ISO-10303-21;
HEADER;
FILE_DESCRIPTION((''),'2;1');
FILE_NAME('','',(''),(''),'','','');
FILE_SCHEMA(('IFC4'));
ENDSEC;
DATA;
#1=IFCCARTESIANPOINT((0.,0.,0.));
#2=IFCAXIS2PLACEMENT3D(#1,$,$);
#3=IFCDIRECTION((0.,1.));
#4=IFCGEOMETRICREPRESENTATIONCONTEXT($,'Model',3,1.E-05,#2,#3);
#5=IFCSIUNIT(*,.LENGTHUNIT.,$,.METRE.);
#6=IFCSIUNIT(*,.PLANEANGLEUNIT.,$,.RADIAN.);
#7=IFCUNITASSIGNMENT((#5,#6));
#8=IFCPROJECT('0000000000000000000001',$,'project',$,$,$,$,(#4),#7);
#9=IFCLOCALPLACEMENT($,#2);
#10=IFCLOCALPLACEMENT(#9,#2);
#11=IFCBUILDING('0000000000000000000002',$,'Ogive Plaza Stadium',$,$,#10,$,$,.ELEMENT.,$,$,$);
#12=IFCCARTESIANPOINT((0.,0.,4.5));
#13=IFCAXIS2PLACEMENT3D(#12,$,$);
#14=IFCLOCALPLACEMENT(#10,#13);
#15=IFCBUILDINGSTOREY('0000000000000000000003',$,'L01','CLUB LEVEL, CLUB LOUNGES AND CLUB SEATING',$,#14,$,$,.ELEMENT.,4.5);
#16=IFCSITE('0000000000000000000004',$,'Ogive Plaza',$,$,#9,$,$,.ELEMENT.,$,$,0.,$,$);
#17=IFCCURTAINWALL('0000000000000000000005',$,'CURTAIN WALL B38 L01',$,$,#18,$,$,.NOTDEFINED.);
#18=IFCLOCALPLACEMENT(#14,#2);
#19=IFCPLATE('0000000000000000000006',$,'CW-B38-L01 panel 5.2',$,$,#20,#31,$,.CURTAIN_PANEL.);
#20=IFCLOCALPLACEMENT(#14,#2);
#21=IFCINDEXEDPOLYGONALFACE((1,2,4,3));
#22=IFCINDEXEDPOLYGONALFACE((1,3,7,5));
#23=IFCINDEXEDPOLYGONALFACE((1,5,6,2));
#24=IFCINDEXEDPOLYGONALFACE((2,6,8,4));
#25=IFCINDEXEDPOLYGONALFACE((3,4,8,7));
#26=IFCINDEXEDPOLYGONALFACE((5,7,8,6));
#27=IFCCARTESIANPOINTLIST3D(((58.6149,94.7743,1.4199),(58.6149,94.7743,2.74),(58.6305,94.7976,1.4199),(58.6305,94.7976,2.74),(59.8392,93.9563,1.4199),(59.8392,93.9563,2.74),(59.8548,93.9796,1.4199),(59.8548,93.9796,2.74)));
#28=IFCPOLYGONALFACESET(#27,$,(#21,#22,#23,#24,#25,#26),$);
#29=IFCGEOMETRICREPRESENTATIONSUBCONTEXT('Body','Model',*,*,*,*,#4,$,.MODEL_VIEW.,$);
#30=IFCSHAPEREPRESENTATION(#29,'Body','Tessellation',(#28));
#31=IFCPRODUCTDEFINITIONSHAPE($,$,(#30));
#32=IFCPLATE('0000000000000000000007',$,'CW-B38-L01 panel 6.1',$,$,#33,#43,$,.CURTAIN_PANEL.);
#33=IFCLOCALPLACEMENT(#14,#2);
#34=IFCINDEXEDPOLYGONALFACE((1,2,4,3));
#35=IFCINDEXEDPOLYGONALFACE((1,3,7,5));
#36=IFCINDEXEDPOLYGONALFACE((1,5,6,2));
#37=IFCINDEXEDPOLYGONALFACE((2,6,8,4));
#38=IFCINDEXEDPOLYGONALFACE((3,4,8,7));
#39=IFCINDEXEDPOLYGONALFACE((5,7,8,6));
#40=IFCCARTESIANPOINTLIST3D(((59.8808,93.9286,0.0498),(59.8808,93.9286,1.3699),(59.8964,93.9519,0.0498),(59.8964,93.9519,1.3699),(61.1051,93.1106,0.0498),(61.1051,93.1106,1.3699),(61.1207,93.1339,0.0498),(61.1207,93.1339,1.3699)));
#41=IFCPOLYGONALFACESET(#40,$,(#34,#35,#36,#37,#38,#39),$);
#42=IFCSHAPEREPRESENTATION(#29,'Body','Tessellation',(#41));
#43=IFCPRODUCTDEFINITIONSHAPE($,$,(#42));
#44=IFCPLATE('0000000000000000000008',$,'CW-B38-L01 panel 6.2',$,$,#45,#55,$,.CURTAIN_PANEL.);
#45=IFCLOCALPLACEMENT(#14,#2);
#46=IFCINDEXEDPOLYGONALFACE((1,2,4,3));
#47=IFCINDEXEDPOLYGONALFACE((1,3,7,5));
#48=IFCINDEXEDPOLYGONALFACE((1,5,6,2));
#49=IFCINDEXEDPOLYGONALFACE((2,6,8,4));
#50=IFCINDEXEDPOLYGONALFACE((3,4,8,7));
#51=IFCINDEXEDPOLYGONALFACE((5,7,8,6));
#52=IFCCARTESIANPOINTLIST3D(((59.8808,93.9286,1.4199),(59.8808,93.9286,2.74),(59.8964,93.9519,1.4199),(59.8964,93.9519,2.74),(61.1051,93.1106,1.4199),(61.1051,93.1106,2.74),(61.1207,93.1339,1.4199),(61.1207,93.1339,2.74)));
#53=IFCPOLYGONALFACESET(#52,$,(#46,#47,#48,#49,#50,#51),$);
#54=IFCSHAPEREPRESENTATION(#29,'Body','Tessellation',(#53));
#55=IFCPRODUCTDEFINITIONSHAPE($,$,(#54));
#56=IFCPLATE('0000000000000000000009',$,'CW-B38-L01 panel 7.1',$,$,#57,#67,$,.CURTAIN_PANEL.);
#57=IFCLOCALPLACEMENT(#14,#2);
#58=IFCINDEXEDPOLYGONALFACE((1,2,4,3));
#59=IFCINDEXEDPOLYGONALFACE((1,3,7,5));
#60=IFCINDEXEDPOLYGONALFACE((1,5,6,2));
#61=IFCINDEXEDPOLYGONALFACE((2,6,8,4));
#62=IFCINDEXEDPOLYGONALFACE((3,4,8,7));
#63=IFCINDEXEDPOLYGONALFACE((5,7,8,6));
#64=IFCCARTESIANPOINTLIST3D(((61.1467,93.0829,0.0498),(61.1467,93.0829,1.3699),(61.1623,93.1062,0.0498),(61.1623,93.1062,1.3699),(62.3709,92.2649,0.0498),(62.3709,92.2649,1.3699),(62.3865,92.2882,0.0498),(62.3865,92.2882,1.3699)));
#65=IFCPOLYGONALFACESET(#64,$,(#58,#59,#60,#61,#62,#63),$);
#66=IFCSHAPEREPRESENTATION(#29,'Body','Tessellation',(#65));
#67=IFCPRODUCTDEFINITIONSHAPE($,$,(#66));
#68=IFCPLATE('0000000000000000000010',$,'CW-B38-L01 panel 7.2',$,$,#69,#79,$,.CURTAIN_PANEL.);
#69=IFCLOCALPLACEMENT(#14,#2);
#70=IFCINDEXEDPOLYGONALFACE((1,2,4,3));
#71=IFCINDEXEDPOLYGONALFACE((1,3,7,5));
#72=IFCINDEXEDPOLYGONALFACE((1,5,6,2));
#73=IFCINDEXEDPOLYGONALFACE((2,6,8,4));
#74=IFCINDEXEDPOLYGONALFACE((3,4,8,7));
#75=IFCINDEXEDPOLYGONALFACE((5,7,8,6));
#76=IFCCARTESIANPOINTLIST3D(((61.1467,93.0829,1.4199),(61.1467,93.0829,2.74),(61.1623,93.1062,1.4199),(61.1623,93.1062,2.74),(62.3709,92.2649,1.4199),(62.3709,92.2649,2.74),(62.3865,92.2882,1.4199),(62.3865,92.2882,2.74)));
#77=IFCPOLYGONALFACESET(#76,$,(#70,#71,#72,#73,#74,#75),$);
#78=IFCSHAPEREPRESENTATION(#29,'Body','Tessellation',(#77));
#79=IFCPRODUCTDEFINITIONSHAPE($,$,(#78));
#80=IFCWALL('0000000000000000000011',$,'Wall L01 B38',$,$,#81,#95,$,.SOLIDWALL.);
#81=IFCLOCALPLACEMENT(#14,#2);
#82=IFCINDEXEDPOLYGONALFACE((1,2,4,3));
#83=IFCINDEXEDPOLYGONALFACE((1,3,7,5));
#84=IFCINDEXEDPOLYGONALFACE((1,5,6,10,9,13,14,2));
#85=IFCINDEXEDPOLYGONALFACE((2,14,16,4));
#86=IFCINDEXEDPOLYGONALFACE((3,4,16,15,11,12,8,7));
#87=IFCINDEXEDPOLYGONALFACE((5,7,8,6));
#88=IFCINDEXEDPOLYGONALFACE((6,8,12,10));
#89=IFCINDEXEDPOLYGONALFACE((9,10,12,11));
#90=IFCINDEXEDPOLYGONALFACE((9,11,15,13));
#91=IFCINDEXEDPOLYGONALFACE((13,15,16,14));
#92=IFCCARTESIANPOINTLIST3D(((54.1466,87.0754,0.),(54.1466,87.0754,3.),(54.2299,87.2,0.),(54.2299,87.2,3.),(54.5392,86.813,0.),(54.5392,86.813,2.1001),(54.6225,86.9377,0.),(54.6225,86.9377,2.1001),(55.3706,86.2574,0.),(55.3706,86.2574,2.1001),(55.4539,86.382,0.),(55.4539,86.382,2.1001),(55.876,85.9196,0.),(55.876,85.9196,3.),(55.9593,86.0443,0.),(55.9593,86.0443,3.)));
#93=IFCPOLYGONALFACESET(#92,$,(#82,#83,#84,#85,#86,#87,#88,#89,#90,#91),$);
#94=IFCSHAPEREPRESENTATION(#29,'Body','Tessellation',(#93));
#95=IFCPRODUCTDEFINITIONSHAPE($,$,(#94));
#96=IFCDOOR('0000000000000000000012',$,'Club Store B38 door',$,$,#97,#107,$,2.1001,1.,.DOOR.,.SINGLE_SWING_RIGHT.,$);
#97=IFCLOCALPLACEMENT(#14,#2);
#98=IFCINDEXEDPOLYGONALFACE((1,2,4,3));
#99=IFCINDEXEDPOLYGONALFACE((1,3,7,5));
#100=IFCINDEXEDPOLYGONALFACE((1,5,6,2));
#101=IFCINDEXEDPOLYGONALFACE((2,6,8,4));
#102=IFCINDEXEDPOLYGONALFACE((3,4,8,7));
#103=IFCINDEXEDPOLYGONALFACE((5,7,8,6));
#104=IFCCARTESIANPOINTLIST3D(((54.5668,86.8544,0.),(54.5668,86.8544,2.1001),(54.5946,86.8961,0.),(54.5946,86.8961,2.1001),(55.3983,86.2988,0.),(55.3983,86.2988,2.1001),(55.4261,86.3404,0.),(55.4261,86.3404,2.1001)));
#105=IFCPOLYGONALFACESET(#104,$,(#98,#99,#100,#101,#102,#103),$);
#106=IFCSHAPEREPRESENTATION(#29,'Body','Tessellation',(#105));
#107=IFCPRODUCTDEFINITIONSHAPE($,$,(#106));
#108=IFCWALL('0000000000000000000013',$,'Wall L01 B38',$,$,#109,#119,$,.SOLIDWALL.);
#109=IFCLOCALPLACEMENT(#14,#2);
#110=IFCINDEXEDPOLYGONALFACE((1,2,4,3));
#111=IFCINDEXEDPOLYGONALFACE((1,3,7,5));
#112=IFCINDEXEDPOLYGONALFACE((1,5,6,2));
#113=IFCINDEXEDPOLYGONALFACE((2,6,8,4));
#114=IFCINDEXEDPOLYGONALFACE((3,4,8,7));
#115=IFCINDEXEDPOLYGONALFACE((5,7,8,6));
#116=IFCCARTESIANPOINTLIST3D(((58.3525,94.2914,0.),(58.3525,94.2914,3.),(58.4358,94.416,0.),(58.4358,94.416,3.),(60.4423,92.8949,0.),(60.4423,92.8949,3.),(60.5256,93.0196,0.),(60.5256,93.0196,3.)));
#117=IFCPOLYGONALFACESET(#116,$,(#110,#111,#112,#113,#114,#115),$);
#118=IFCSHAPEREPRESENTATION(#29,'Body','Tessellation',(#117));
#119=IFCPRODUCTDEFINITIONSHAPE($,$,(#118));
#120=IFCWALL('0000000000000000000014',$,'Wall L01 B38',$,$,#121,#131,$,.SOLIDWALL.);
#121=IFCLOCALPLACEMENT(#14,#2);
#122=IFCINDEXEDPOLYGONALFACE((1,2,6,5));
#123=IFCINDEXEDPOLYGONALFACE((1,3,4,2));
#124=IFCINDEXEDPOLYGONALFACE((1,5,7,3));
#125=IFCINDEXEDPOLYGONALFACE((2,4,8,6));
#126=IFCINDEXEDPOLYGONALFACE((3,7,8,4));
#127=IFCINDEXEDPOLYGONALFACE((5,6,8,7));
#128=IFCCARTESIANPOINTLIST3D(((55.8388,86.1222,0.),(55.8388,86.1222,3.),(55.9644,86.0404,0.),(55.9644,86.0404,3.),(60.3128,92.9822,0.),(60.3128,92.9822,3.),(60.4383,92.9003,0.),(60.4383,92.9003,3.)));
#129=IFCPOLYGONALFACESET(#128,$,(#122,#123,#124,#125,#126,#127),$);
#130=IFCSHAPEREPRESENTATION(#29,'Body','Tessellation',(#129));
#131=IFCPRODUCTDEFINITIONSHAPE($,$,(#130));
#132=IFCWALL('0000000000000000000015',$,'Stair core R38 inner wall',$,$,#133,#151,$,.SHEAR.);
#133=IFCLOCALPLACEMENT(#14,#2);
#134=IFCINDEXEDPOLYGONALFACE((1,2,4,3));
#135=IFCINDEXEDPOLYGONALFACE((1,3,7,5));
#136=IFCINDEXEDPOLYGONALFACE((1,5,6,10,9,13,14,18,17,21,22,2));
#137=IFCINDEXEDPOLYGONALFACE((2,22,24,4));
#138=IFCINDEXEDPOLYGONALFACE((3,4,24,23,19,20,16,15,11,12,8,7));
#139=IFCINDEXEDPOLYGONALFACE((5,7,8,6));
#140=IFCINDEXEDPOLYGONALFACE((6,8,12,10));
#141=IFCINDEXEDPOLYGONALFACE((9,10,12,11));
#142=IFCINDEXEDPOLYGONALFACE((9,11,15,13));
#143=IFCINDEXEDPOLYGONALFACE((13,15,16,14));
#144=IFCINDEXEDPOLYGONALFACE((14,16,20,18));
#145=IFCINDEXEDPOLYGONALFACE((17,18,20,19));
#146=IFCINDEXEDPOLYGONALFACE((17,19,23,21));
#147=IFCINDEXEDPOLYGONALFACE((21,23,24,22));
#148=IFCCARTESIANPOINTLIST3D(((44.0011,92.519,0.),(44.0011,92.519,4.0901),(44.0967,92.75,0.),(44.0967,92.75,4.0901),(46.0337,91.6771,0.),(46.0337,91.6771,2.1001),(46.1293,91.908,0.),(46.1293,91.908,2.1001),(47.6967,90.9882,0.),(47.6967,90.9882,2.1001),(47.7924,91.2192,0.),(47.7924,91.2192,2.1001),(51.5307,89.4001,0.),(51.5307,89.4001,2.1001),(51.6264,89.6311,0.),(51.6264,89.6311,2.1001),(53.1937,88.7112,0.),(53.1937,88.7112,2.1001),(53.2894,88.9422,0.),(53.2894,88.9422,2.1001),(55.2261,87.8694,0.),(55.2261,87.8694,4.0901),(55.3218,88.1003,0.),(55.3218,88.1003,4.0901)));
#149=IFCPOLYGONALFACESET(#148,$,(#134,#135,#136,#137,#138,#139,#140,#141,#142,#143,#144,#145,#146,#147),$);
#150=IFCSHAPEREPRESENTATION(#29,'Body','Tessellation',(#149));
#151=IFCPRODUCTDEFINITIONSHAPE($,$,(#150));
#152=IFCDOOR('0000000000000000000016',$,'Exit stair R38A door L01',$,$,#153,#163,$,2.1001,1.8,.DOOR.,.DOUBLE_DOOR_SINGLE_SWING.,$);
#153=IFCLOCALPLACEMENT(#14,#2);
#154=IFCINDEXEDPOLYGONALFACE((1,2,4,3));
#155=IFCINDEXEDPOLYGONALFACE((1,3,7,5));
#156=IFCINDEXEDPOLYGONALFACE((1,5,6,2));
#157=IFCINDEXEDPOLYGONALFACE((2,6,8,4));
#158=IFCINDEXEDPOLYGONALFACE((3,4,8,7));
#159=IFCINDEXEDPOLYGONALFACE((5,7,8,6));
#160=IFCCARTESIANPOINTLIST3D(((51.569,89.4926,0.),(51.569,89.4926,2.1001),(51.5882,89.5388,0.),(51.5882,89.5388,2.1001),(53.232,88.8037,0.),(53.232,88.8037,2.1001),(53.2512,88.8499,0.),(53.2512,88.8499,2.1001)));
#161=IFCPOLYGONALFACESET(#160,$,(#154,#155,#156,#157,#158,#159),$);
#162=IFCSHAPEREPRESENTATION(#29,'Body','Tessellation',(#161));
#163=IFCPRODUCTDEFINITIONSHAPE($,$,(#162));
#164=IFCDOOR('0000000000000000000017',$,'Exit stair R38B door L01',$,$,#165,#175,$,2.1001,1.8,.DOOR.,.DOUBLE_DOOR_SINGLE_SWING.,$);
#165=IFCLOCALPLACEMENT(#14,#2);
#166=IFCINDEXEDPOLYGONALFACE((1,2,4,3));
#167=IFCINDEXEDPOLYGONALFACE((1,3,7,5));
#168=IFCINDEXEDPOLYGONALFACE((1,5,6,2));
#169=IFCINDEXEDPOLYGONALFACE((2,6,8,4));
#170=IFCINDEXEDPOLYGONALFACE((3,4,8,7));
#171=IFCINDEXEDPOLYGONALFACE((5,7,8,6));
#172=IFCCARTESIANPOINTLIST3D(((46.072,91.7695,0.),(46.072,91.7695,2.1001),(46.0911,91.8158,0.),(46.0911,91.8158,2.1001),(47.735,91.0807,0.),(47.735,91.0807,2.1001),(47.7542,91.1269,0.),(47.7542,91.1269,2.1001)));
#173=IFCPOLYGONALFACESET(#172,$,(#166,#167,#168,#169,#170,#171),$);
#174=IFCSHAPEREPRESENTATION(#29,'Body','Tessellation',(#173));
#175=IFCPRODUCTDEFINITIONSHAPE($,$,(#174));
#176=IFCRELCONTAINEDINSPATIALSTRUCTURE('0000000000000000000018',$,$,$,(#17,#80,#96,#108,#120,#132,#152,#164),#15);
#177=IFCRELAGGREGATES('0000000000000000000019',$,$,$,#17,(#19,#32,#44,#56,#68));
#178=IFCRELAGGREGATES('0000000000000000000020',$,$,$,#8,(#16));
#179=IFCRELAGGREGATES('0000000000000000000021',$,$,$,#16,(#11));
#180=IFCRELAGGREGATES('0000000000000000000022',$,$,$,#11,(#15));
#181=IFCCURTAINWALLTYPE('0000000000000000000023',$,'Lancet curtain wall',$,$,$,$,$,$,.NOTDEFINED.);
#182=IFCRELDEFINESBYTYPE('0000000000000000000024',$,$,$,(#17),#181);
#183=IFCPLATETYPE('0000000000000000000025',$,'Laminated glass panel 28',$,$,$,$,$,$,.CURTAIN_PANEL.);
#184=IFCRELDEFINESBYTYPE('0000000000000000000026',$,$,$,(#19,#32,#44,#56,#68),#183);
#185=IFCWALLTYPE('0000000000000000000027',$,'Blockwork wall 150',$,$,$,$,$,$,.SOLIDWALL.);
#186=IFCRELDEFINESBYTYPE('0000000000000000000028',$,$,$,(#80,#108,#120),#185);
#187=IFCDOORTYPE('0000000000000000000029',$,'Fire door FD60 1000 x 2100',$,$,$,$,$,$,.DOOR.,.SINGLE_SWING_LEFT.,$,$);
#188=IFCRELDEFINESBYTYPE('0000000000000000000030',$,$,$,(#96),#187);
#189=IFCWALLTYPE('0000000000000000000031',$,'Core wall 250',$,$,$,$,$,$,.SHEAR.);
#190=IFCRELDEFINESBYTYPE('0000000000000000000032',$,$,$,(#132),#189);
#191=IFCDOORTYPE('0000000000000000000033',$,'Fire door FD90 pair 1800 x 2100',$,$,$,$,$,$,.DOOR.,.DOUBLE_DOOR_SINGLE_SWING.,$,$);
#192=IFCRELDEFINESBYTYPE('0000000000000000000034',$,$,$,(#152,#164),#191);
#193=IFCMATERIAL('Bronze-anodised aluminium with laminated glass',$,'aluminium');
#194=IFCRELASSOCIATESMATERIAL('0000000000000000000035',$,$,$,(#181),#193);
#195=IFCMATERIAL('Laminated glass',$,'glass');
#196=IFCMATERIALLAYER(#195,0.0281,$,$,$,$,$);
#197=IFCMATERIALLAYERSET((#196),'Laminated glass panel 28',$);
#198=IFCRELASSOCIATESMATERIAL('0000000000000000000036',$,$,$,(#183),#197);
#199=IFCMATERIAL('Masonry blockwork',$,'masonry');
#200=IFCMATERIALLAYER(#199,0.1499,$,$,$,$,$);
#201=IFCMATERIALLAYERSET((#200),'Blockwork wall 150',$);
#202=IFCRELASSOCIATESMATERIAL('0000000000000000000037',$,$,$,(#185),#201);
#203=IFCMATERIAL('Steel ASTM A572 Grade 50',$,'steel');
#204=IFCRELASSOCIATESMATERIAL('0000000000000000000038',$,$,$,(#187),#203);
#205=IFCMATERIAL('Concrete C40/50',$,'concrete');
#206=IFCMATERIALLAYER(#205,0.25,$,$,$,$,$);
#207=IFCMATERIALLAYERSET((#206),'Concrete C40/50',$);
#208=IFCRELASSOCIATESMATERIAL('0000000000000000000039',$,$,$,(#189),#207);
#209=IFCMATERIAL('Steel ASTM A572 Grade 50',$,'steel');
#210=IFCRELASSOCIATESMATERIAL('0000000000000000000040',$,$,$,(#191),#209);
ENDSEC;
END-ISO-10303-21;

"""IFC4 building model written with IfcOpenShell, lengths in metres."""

from ifc_helpers import new_model, si_unit, direction, frame, frame_2d, origin, origin_2d, place, context, subcontext, project, spatial, rectangle, extrude, material, layer, layer_set, type_object, element, fill, aggregate, save


model = new_model("IFC4")

# Units and contexts
model_context = context("Model", 3, precision=1e-05, world=origin(), true_north=direction((0.0, 1.0)))
body_context = subcontext(model_context, "Body", "Model", "MODEL_VIEW")
ifc_project = project(units=[si_unit("LENGTHUNIT", "METRE"), si_unit("PLANEANGLEUNIT", "RADIAN")], contexts=[model_context])

# Site, building, storey
site_placement = place(None, origin())
site = spatial("IfcSite", under=ifc_project, at=site_placement, Name="Ogive Plaza", CompositionType="ELEMENT", RefElevation=0.0)
building_placement = place(site_placement, origin())
building = spatial("IfcBuilding", under=site, at=building_placement, Name="Ogive Plaza Stadium", CompositionType="ELEMENT")
storey_placement = place(building_placement, frame((0.0, 0.0, 4.5)))
storey = spatial("IfcBuildingStorey", under=building, at=storey_placement, Name="L01", Description="CLUB LEVEL, CLUB LOUNGES AND CLUB SEATING", CompositionType="ELEMENT", Elevation=4.5)

# Curtain wall
ifc_material_1 = material(Name="Bronze-anodised aluminium with laminated glass", Category="aluminium")
curtain_wall_type = type_object("IfcCurtainWallType", Name="Lancet curtain wall", PredefinedType="NOTDEFINED", material=ifc_material_1)
curtain_wall_placement = place(storey_placement, origin())
curtain_wall = element("IfcCurtainWall", 1, at=curtain_wall_placement, inside=storey, type_object=curtain_wall_type, Name="CURTAIN WALL B38 L01", PredefinedType="NOTDEFINED")

# Plates
ifc_material_2 = material(Name="Laminated glass", Category="glass")
ifc_layer_1 = layer(ifc_material_2, 0.0281)
ifc_layer_set_1 = layer_set([ifc_layer_1], Name="Laminated glass panel 28")
plate_type = type_object("IfcPlateType", Name="Laminated glass panel 28", PredefinedType="CURTAIN_PANEL", material=ifc_layer_set_1)
plate_1_placement = place(storey_placement, frame((59.2349, 94.377, 1.4199), z_axis=(0.0, 0.0, 1.0), x_axis=(0.83147, -0.55557, 0.0)))
plate_1 = element("IfcPlate", 2, at=plate_1_placement, type_object=plate_type, Name="CW-B38-L01 panel 5.2", PredefinedType="CURTAIN_PANEL", context=body_context, shape_type="SweptSolid", body=[
    extrude(rectangle(XDim=1.4724, YDim=0.0281, at=origin_2d()), origin(), (0.0, 0.0, 1.0), 1.3201),
])
plate_2_placement = place(storey_placement, frame((60.5007, 93.5312, 0.0498), z_axis=(0.0, 0.0, 1.0), x_axis=(0.83147, -0.55557, 0.0)))
plate_2 = element("IfcPlate", 3, at=plate_2_placement, type_object=plate_type, Name="CW-B38-L01 panel 6.1", PredefinedType="CURTAIN_PANEL", context=body_context, shape_type="SweptSolid", body=[
    extrude(rectangle(XDim=1.4724, YDim=0.0281, at=origin_2d()), origin(), (0.0, 0.0, 1.0), 1.3201),
])
plate_3_placement = place(storey_placement, frame((60.5007, 93.5312, 1.4199), z_axis=(0.0, 0.0, 1.0), x_axis=(0.83147, -0.55557, 0.0)))
plate_3 = element("IfcPlate", 4, at=plate_3_placement, type_object=plate_type, Name="CW-B38-L01 panel 6.2", PredefinedType="CURTAIN_PANEL", context=body_context, shape_type="SweptSolid", body=[
    extrude(rectangle(XDim=1.4724, YDim=0.0281, at=origin_2d()), origin(), (0.0, 0.0, 1.0), 1.3201),
])
plate_4_placement = place(storey_placement, frame((61.7666, 92.6855, 0.0498), z_axis=(0.0, 0.0, 1.0), x_axis=(0.83147, -0.55557, 0.0)))
plate_4 = element("IfcPlate", 5, at=plate_4_placement, type_object=plate_type, Name="CW-B38-L01 panel 7.1", PredefinedType="CURTAIN_PANEL", context=body_context, shape_type="SweptSolid", body=[
    extrude(rectangle(XDim=1.4724, YDim=0.0281, at=origin_2d()), origin(), (0.0, 0.0, 1.0), 1.3201),
])
plate_5_placement = place(storey_placement, frame((61.7666, 92.6855, 1.4199), z_axis=(0.0, 0.0, 1.0), x_axis=(0.83147, -0.55557, 0.0)))
plate_5 = element("IfcPlate", 6, at=plate_5_placement, type_object=plate_type, Name="CW-B38-L01 panel 7.2", PredefinedType="CURTAIN_PANEL", context=body_context, shape_type="SweptSolid", body=[
    extrude(rectangle(XDim=1.4724, YDim=0.0281, at=origin_2d()), origin(), (0.0, 0.0, 1.0), 1.3201),
])
aggregate(curtain_wall, [plate_1, plate_2, plate_3, plate_4, plate_5])

# Wall, opening, door
ifc_material_3 = material(Name="Masonry blockwork", Category="masonry")
ifc_layer_2 = layer(ifc_material_3, 0.1499)
ifc_layer_set_2 = layer_set([ifc_layer_2], Name="Blockwork wall 150")
wall_type_1 = type_object("IfcWallType", Name="Blockwork wall 150", PredefinedType="SOLIDWALL", material=ifc_layer_set_2)
wall_1_placement = place(storey_placement, frame((54.1882, 87.1377, 0.0), z_axis=(0.0, 0.0, 1.0), x_axis=(0.831436, -0.555621, 0.0)))
wall_1 = element("IfcWall", 7, at=wall_1_placement, inside=storey, type_object=wall_type_1, Name="Wall L01 B38", PredefinedType="SOLIDWALL", context=body_context, shape_type="SweptSolid", body=[
    extrude(rectangle(XDim=2.0801, YDim=0.1499, at=frame_2d((1.04, 0.0))), origin(), (0.0, 0.0, 1.0), 3.0),
])
opening_1_placement = place(wall_1_placement, frame((0.4722, 0.0, 0.0)))
opening_1 = element("IfcOpeningElement", 8, at=opening_1_placement, cuts=wall_1, PredefinedType="OPENING", context=body_context, shape_type="SweptSolid", body=[
    extrude(rectangle(XDim=1.0, YDim=2.1001, at=frame_2d((0.5, 1.05))), frame((0.0, 0.075, 0.0), z_axis=(0.0, -1.0, 0.0), x_axis=(1.0, 0.0, 0.0)), (0.0, 0.0, 1.0), 0.1499),
])
ifc_material_4 = material(Name="Steel ASTM A572 Grade 50", Category="steel")
door_type_1 = type_object("IfcDoorType", Name="Fire door FD60 1000 x 2100", OperationType="SINGLE_SWING_LEFT", PredefinedType="DOOR", material=ifc_material_4)
door_1_placement = place(opening_1_placement, origin())
door_1 = element("IfcDoor", 9, at=door_1_placement, inside=storey, type_object=door_type_1, Name="Club Store B38 door", OperationType="SINGLE_SWING_RIGHT", OverallHeight=2.1001, OverallWidth=1.0, PredefinedType="DOOR", context=body_context, shape_type="SweptSolid", body=[
    extrude(rectangle(XDim=1.0, YDim=2.1001, at=frame_2d((0.5, 1.05))), frame((0.0, 0.0249, 0.0), z_axis=(0.0, -1.0, 0.0), x_axis=(1.0, 0.0, 0.0)), (0.0, 0.0, 1.0), 0.05),
])
fill(opening_1, door_1)

# Walls
wall_2_placement = place(storey_placement, frame((58.394, 94.3538, 0.0), z_axis=(0.0, 0.0, 1.0), x_axis=(0.831452, -0.555596, 0.0)))
element("IfcWall", 10, at=wall_2_placement, inside=storey, type_object=wall_type_1, Name="Wall L01 B38", PredefinedType="SOLIDWALL", context=body_context, shape_type="SweptSolid", body=[
    extrude(rectangle(XDim=2.5134, YDim=0.1499, at=frame_2d((1.2568, 0.0))), origin(), (0.0, 0.0, 1.0), 3.0),
])
wall_3_placement = place(storey_placement, frame((55.9016, 86.0813, 0.0), z_axis=(0.0, 0.0, 1.0), x_axis=(0.546272, 0.837608, 0.0)))
element("IfcWall", 11, at=wall_3_placement, inside=storey, type_object=wall_type_1, Name="Wall L01 B38", PredefinedType="SOLIDWALL", context=body_context, shape_type="SweptSolid", body=[
    extrude(rectangle(XDim=8.1899, YDim=0.1499, at=frame_2d((4.095, 0.0))), origin(), (0.0, 0.0, 1.0), 3.0),
])

# Wall, openings, doors
ifc_material_5 = material(Name="Concrete C40/50", Category="concrete")
ifc_layer_3 = layer(ifc_material_5, 0.25)
ifc_layer_set_3 = layer_set([ifc_layer_3], Name="Concrete C40/50")
wall_type_2 = type_object("IfcWallType", Name="Core wall 250", PredefinedType="SHEAR", material=ifc_layer_set_3)
wall_4_placement = place(storey_placement, frame((55.2739, 87.9849, 0.0), z_axis=(0.0, 0.0, 1.0), x_axis=(-0.923877, 0.382688, 0.0)))
wall_4 = element("IfcWall", 12, at=wall_4_placement, inside=storey, type_object=wall_type_2, Name="Stair core R38 inner wall", PredefinedType="SHEAR", context=body_context, shape_type="SweptSolid", body=[
    extrude(rectangle(XDim=12.1499, YDim=0.25, at=frame_2d((6.075, 0.0))), origin(), (0.0, 0.0, 1.0), 4.0901),
])
opening_2_placement = place(wall_4_placement, frame((2.2, 0.0, 0.0)))
opening_2 = element("IfcOpeningElement", 13, at=opening_2_placement, cuts=wall_4, PredefinedType="OPENING", context=body_context, shape_type="SweptSolid", body=[
    extrude(rectangle(XDim=1.8, YDim=2.1001, at=frame_2d((0.8999, 1.05))), frame((0.0, 0.125, 0.0), z_axis=(0.0, -1.0, 0.0), x_axis=(1.0, 0.0, 0.0)), (0.0, 0.0, 1.0), 0.25),
])
opening_3_placement = place(wall_4_placement, frame((8.1499, 0.0, 0.0)))
opening_3 = element("IfcOpeningElement", 14, at=opening_3_placement, cuts=wall_4, PredefinedType="OPENING", context=body_context, shape_type="SweptSolid", body=[
    extrude(rectangle(XDim=1.8, YDim=2.1001, at=frame_2d((0.8999, 1.05))), frame((0.0, 0.125, 0.0), z_axis=(0.0, -1.0, 0.0), x_axis=(1.0, 0.0, 0.0)), (0.0, 0.0, 1.0), 0.25),
])
ifc_material_6 = material(Name="Steel ASTM A572 Grade 50", Category="steel")
door_type_2 = type_object("IfcDoorType", Name="Fire door FD90 pair 1800 x 2100", OperationType="DOUBLE_DOOR_SINGLE_SWING", PredefinedType="DOOR", material=ifc_material_6)
door_2_placement = place(opening_2_placement, origin())
door_2 = element("IfcDoor", 15, at=door_2_placement, inside=storey, type_object=door_type_2, Name="Exit stair R38A door L01", OperationType="DOUBLE_DOOR_SINGLE_SWING", OverallHeight=2.1001, OverallWidth=1.8, PredefinedType="DOOR", context=body_context, shape_type="SweptSolid", body=[
    extrude(rectangle(XDim=1.8, YDim=2.1001, at=frame_2d((0.8999, 1.05))), frame((0.0, 0.0249, 0.0), z_axis=(0.0, -1.0, 0.0), x_axis=(1.0, 0.0, 0.0)), (0.0, 0.0, 1.0), 0.05),
])
fill(opening_2, door_2)
door_3_placement = place(opening_3_placement, origin())
door_3 = element("IfcDoor", 16, at=door_3_placement, inside=storey, type_object=door_type_2, Name="Exit stair R38B door L01", OperationType="DOUBLE_DOOR_SINGLE_SWING", OverallHeight=2.1001, OverallWidth=1.8, PredefinedType="DOOR", context=body_context, shape_type="SweptSolid", body=[
    extrude(rectangle(XDim=1.8, YDim=2.1001, at=frame_2d((0.8999, 1.05))), frame((0.0, 0.0249, 0.0), z_axis=(0.0, -1.0, 0.0), x_axis=(1.0, 0.0, 0.0)), (0.0, 0.0, 1.0), 0.05),
])
fill(opening_3, door_3)

save(model, "model.ifc")
